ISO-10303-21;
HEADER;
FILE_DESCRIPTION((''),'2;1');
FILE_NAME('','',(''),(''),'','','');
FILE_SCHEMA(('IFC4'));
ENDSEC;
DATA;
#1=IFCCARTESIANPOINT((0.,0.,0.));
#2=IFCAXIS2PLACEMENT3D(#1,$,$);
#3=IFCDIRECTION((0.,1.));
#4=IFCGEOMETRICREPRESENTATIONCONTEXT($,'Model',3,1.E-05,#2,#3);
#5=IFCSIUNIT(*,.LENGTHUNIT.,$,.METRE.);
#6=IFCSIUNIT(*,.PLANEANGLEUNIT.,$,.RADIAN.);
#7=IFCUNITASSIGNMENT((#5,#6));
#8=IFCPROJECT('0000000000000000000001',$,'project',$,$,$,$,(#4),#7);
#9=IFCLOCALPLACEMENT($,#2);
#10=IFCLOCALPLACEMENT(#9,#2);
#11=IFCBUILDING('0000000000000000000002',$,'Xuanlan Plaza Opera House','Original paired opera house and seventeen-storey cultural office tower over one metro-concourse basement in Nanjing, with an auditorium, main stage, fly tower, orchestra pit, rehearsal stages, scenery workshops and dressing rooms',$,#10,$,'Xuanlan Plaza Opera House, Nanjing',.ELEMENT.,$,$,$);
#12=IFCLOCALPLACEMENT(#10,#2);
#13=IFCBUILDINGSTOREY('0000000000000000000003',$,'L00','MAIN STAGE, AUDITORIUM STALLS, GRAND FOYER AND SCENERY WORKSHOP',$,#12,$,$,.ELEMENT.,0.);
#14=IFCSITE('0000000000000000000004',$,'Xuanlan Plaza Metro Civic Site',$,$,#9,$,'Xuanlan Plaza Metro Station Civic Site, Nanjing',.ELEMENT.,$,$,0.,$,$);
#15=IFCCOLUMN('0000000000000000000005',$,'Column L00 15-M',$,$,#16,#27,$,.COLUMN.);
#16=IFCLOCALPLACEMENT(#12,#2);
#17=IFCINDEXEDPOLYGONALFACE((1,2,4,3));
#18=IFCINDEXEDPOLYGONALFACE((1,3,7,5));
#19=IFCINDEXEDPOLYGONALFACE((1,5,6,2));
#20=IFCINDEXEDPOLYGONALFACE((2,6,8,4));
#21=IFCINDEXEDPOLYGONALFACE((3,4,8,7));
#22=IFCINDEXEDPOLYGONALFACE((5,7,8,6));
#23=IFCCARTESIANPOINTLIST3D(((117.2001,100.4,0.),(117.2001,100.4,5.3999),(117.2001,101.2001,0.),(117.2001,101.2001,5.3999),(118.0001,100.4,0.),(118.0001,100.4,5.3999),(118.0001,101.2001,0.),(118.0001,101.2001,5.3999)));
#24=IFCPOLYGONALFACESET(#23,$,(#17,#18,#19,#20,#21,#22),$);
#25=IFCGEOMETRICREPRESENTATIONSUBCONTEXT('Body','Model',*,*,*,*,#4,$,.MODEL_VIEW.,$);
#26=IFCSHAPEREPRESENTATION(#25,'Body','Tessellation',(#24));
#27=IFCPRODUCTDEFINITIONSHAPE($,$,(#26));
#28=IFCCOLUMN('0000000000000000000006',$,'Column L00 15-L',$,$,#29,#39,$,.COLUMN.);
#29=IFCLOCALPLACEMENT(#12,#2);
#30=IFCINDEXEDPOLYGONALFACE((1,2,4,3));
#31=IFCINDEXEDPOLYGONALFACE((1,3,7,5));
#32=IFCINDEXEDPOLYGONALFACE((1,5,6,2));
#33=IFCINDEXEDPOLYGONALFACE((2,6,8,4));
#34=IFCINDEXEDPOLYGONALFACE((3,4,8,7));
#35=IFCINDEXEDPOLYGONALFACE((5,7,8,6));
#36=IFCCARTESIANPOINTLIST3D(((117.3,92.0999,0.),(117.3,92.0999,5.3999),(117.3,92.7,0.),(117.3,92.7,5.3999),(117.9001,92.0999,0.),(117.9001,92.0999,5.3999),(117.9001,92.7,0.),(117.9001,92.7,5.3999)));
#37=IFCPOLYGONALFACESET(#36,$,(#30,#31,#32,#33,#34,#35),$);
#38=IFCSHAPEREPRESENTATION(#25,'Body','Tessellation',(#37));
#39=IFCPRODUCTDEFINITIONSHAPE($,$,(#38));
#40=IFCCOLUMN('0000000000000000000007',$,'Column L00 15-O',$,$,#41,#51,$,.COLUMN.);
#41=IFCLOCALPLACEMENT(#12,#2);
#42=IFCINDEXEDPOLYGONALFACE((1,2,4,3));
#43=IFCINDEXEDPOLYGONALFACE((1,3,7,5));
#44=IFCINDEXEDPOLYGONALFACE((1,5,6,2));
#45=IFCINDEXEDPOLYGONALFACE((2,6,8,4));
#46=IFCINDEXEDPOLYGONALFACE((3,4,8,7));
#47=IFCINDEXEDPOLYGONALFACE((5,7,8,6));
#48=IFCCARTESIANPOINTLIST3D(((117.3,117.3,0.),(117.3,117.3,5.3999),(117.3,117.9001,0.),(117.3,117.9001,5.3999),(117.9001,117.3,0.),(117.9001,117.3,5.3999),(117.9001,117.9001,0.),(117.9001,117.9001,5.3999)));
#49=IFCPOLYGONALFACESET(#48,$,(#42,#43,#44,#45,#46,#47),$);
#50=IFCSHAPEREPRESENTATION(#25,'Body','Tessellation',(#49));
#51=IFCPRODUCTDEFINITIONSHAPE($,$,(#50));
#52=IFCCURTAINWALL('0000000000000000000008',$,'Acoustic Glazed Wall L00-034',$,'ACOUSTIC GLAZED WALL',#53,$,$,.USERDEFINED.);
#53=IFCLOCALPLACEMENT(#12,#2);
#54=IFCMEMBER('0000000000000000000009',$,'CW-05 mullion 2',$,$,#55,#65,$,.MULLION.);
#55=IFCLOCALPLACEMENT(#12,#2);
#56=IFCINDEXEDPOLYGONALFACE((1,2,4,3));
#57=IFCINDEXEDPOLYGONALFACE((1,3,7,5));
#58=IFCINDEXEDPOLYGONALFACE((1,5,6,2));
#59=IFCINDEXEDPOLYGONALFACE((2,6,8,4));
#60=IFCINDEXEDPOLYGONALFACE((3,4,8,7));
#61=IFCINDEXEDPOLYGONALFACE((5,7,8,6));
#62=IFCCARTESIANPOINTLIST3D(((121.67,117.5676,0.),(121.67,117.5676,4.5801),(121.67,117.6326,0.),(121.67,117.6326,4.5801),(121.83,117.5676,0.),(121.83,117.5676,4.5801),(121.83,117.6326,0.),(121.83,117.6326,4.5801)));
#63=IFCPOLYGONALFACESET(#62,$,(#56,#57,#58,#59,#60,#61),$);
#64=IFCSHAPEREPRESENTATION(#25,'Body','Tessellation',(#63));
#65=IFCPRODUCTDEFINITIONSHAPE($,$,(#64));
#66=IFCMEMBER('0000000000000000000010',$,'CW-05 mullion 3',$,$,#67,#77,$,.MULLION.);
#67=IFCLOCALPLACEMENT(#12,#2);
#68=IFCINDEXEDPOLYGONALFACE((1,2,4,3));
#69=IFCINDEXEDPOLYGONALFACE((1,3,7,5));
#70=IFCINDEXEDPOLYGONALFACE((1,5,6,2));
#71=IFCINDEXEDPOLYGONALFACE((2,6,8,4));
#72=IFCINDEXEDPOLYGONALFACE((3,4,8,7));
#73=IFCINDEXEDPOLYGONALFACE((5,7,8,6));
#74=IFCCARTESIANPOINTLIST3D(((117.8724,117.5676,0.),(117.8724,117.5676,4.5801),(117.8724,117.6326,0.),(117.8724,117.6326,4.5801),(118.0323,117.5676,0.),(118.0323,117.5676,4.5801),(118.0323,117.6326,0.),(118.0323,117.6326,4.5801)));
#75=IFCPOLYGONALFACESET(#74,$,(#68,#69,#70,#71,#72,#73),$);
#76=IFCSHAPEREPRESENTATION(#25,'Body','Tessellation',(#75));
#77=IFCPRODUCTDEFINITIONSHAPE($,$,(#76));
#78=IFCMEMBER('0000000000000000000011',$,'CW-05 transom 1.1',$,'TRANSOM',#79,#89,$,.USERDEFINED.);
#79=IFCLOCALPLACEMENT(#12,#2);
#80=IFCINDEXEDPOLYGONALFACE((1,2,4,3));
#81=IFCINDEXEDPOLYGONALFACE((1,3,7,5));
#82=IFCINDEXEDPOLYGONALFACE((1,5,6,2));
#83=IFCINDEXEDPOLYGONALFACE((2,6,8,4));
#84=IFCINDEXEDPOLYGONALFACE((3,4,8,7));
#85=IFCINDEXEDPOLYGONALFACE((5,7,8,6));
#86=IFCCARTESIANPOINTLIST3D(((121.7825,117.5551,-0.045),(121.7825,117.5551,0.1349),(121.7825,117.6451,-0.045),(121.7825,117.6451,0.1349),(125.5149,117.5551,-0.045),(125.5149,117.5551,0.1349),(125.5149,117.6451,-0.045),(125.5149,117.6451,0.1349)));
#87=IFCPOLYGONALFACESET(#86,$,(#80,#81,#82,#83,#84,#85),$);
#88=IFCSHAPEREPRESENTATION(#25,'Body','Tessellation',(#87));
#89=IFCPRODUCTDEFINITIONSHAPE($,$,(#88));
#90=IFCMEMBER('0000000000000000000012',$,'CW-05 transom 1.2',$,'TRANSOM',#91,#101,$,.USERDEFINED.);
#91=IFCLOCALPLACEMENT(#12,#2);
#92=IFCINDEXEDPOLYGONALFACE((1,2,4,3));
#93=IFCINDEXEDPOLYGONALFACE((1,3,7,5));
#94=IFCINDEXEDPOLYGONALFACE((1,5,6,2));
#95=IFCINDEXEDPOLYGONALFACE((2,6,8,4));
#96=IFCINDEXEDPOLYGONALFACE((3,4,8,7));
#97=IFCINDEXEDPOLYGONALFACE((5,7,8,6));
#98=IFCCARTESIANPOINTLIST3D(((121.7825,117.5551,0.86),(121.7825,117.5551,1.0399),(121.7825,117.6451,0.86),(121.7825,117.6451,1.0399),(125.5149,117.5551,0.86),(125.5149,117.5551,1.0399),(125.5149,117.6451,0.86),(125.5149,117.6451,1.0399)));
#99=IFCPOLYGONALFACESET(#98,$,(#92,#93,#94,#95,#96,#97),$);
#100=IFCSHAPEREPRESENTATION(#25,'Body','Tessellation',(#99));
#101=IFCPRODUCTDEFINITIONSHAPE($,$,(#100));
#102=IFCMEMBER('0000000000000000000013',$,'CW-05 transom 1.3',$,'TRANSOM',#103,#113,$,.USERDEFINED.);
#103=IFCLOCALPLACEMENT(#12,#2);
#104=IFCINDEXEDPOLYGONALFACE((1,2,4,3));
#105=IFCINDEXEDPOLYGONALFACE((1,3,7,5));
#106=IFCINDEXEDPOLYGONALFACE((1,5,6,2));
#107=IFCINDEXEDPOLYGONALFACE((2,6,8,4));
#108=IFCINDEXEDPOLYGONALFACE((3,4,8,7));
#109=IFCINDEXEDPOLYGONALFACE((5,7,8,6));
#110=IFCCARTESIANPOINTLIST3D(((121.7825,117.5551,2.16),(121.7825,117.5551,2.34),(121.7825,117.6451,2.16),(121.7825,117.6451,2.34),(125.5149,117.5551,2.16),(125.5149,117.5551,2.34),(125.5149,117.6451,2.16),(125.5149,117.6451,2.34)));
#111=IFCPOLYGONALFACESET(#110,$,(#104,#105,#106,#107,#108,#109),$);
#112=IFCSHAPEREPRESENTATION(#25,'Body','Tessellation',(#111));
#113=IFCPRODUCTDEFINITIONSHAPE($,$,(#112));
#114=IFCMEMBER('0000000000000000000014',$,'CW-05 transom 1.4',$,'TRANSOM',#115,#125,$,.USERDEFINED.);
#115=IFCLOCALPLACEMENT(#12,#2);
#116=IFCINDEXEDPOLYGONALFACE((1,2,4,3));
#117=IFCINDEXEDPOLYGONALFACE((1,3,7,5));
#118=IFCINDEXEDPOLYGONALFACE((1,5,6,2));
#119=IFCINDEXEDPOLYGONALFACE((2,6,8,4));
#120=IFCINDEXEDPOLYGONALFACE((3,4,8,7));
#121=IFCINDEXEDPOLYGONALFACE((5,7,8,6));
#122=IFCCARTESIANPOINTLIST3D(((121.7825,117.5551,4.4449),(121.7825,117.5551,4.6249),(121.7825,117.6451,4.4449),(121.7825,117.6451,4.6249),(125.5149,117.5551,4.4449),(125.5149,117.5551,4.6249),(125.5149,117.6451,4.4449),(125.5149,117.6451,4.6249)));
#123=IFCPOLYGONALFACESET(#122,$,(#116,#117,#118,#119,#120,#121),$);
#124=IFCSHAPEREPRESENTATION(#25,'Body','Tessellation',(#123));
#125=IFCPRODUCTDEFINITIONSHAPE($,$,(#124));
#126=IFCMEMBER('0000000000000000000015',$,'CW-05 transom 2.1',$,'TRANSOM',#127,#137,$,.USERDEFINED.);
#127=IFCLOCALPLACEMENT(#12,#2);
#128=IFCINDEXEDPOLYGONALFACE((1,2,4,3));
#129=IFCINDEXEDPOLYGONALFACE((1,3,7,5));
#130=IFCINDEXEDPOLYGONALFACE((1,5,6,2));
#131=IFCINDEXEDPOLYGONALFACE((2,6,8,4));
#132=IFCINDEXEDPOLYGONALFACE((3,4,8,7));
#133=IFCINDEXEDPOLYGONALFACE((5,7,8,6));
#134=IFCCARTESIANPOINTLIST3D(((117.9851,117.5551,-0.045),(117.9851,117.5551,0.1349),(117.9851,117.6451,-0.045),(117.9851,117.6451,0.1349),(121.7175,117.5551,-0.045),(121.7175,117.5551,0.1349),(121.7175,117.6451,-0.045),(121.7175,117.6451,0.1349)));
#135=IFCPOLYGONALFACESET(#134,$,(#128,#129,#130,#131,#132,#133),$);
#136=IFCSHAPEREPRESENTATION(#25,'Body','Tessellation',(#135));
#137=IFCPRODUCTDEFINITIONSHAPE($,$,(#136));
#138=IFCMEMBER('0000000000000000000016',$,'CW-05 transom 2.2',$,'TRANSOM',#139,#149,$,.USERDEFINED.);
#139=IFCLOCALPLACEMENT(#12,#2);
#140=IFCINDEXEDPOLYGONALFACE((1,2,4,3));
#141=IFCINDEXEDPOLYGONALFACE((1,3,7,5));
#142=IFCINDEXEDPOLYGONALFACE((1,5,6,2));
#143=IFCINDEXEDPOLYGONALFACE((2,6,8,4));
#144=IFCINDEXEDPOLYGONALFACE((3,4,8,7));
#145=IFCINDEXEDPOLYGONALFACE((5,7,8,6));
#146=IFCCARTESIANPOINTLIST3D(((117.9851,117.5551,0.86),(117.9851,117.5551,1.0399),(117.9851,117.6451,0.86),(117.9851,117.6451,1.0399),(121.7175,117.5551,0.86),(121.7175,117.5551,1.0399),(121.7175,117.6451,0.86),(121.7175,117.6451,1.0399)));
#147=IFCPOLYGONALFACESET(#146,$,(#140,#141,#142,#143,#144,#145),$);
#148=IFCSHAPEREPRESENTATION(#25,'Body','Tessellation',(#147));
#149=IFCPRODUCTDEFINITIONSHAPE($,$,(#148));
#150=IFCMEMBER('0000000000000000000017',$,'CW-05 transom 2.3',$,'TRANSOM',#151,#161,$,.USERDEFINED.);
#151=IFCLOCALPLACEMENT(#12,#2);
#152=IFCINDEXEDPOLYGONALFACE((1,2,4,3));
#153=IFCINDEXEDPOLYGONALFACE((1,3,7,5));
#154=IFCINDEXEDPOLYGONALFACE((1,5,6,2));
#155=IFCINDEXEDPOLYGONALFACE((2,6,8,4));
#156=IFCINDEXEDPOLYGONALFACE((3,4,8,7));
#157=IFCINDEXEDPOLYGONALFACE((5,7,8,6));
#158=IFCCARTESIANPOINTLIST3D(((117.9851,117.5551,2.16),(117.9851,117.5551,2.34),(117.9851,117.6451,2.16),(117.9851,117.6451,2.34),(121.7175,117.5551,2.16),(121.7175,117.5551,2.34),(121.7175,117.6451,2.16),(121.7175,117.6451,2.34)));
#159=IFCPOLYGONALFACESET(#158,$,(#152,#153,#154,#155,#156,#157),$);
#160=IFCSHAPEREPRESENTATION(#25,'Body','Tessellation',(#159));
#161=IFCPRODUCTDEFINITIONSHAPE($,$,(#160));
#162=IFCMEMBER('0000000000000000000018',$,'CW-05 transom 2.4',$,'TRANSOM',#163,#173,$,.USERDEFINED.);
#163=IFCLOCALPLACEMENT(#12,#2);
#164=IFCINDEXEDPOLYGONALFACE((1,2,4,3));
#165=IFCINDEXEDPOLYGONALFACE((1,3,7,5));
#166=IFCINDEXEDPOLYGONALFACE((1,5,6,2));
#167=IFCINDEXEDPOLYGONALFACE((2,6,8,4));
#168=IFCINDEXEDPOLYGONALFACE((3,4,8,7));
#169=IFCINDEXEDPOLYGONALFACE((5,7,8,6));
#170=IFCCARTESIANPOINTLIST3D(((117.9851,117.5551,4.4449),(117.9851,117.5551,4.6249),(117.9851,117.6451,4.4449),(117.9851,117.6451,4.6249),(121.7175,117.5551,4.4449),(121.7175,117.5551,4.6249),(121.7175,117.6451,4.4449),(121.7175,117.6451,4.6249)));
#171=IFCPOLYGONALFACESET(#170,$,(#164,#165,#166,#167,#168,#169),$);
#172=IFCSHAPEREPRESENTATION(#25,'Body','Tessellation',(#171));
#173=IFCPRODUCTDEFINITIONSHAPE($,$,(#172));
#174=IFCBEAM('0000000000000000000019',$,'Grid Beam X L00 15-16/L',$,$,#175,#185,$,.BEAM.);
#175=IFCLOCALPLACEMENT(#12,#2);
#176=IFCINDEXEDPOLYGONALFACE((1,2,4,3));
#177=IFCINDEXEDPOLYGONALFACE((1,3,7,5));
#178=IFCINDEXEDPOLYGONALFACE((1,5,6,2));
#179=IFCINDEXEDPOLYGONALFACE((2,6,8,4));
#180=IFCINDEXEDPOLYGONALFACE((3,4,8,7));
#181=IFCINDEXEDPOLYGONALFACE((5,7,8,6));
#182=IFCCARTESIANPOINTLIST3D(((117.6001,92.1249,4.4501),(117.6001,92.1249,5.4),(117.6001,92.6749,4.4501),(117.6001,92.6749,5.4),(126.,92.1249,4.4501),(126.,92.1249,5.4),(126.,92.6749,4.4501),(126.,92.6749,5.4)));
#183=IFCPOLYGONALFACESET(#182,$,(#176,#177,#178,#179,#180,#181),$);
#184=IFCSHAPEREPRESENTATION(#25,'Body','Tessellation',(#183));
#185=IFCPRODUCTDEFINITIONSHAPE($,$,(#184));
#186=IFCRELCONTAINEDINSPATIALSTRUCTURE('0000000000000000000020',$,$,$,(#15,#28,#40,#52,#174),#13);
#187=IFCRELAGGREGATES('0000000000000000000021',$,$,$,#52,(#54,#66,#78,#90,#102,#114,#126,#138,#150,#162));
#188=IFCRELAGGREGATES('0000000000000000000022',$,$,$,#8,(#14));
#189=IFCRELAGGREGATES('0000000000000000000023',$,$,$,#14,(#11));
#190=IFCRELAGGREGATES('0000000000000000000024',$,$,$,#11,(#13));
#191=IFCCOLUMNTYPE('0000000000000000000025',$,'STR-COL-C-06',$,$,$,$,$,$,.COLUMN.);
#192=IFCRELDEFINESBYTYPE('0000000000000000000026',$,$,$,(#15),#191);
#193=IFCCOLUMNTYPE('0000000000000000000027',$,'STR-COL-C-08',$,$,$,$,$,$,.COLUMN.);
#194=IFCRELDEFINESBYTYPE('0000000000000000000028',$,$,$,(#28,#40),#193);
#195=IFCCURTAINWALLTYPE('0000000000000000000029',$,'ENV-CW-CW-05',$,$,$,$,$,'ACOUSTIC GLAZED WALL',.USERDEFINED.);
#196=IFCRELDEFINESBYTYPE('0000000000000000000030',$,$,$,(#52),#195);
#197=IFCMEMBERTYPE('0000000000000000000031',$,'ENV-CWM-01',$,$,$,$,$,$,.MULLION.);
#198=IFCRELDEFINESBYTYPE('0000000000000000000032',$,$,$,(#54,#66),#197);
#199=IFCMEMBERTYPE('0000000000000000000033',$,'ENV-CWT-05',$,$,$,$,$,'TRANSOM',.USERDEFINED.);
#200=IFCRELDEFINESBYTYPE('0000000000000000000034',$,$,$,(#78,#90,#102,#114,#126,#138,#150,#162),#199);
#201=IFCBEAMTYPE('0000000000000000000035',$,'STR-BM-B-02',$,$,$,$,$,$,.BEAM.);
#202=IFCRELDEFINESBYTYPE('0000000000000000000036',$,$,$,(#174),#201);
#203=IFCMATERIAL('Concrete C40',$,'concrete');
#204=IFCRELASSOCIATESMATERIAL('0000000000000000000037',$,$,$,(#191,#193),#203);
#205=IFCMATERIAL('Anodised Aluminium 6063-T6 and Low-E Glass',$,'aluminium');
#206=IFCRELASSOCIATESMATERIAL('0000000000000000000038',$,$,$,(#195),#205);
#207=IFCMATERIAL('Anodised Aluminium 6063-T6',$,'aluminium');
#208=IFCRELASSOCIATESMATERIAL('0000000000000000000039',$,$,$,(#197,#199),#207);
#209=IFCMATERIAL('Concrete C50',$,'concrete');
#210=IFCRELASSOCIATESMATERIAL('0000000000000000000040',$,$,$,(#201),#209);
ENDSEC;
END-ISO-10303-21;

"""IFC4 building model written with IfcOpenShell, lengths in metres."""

from ifc_helpers import new_model, si_unit, direction, frame, origin, origin_2d, place, context, subcontext, project, spatial, rectangle, extrude, material, material_profile, profile_set, type_object, element, aggregate, save


model = new_model("IFC4")

# Units and contexts
model_context = context("Model", 3, precision=1e-05, world=origin(), true_north=direction((0.0, 1.0)))
body_context = subcontext(model_context, "Body", "Model", "MODEL_VIEW")
ifc_project = project(units=[si_unit("LENGTHUNIT", "METRE"), si_unit("PLANEANGLEUNIT", "RADIAN")], contexts=[model_context])

# Site, building, storey
site_placement = place(None, origin())
site = spatial("IfcSite", under=ifc_project, at=site_placement, Name="Xuanlan Plaza Metro Civic Site", LongName="Xuanlan Plaza Metro Station Civic Site, Nanjing", CompositionType="ELEMENT", RefElevation=0.0)
building_placement = place(site_placement, origin())
building = spatial("IfcBuilding", under=site, at=building_placement, Name="Xuanlan Plaza Opera House", Description="Original paired opera house and seventeen-storey cultural office tower over one metro-concourse basement in Nanjing, with an auditorium, main stage, fly tower, orchestra pit, rehearsal stages, scenery workshops and dressing rooms", LongName="Xuanlan Plaza Opera House, Nanjing", CompositionType="ELEMENT")
storey_placement = place(building_placement, origin())
storey = spatial("IfcBuildingStorey", under=building, at=storey_placement, Name="L00", Description="MAIN STAGE, AUDITORIUM STALLS, GRAND FOYER AND SCENERY WORKSHOP", CompositionType="ELEMENT", Elevation=0.0)

# Columns
ifc_material_1 = material(Name="Concrete C40", Category="concrete")
ifc_material_profile_1 = material_profile(ifc_material_1, rectangle(XDim=0.8, YDim=0.8, at=origin_2d()), Name="RC-COL 800x800")
ifc_profile_set_1 = profile_set([ifc_material_profile_1], Name="Concrete C40")
column_type_1 = type_object("IfcColumnType", Name="STR-COL-C-06", PredefinedType="COLUMN", material=ifc_profile_set_1)
column_placement = place(storey_placement, frame((117.6001, 100.8, 0.0), z_axis=(0.0, 0.0, 1.0), x_axis=(1.0, 0.0, 0.0)))
element("IfcColumn", 1, at=column_placement, inside=storey, type_object=column_type_1, Name="Column L00 15-M", PredefinedType="COLUMN", context=body_context, shape_type="SweptSolid", body=[
    extrude(rectangle(XDim=0.8, YDim=0.8, at=origin_2d()), origin(), (0.0, 0.0, 1.0), 5.3999),
])
ifc_material_profile_2 = material_profile(ifc_material_1, rectangle(XDim=0.6001, YDim=0.6001, at=origin_2d()), Name="RC-COL 600x600")
ifc_profile_set_2 = profile_set([ifc_material_profile_2], Name="Concrete C40")
column_type_2 = type_object("IfcColumnType", Name="STR-COL-C-08", PredefinedType="COLUMN", material=ifc_profile_set_2)
for number, where, z_axis, x_axis, name in (
    (2, (117.6001, 92.3999, 0.0), (0.0, 0.0, 1.0), (1.0, 0.0, 0.0), "Column L00 15-L"),
    (3, (117.6001, 117.6001, 0.0), (0.0, 0.0, 1.0), (1.0, 0.0, 0.0), "Column L00 15-O"),
):
    element("IfcColumn", number, at=place(storey_placement, frame(where, z_axis=z_axis, x_axis=x_axis)), inside=storey, type_object=column_type_2, Name=name, PredefinedType="COLUMN", context=body_context, shape_type="SweptSolid", body=[
        extrude(rectangle(XDim=0.6001, YDim=0.6001, at=origin_2d()), origin(), (0.0, 0.0, 1.0), 5.3999),
    ])

# Curtain wall, members
ifc_material_2 = material(Name="Anodised Aluminium 6063-T6 and Low-E Glass", Category="aluminium")
curtain_wall_type = type_object("IfcCurtainWallType", Name="ENV-CW-CW-05", ElementType="ACOUSTIC GLAZED WALL", PredefinedType="USERDEFINED", material=ifc_material_2)
curtain_wall_placement = place(storey_placement, origin())
curtain_wall = element("IfcCurtainWall", 4, at=curtain_wall_placement, inside=storey, type_object=curtain_wall_type, Name="Acoustic Glazed Wall L00-034", ObjectType="ACOUSTIC GLAZED WALL", PredefinedType="USERDEFINED")
ifc_material_3 = material(Name="Anodised Aluminium 6063-T6", Category="aluminium")
ifc_material_profile_3 = material_profile(ifc_material_3, rectangle(XDim=0.0649, YDim=0.1599, at=origin_2d()), Name="ALU-M 65x160")
ifc_profile_set_3 = profile_set([ifc_material_profile_3], Name="Anodised Aluminium 6063-T6")
member_type_1 = type_object("IfcMemberType", Name="ENV-CWM-01", PredefinedType="MULLION", material=ifc_profile_set_3)
member_1_placement = place(storey_placement, frame((121.75, 117.6001, 0.0), z_axis=(0.0, 0.0, 1.0), x_axis=(0.0, -1.0, 0.0)))
member_1 = element("IfcMember", 5, at=member_1_placement, type_object=member_type_1, Name="CW-05 mullion 2", PredefinedType="MULLION", context=body_context, shape_type="SweptSolid", body=[
    extrude(rectangle(XDim=0.0649, YDim=0.1599, at=origin_2d()), origin(), (0.0, 0.0, 1.0), 4.5801),
])
member_2_placement = place(storey_placement, frame((117.9524, 117.6001, 0.0), z_axis=(0.0, 0.0, 1.0), x_axis=(0.0, -1.0, 0.0)))
member_2 = element("IfcMember", 6, at=member_2_placement, type_object=member_type_1, Name="CW-05 mullion 3", PredefinedType="MULLION", context=body_context, shape_type="SweptSolid", body=[
    extrude(rectangle(XDim=0.0649, YDim=0.1599, at=origin_2d()), origin(), (0.0, 0.0, 1.0), 4.5801),
])
ifc_material_profile_4 = material_profile(ifc_material_3, rectangle(XDim=0.0901, YDim=0.1799, at=origin_2d()), Name="ALU-T 90x180")
ifc_profile_set_4 = profile_set([ifc_material_profile_4], Name="Anodised Aluminium 6063-T6")
member_type_2 = type_object("IfcMemberType", Name="ENV-CWT-05", ElementType="TRANSOM", PredefinedType="USERDEFINED", material=ifc_profile_set_4)
member_3_placement = place(storey_placement, frame((125.5149, 117.6001, 0.0449), z_axis=(-1.0, 0.0, 0.0), x_axis=(0.0, -1.0, 0.0)))
member_3 = element("IfcMember", 7, at=member_3_placement, type_object=member_type_2, Name="CW-05 transom 1.1", ObjectType="TRANSOM", PredefinedType="USERDEFINED", context=body_context, shape_type="SweptSolid", body=[
    extrude(rectangle(XDim=0.0901, YDim=0.1799, at=origin_2d()), origin(), (0.0, 0.0, 1.0), 3.7324),
])
member_4_placement = place(storey_placement, frame((125.5149, 117.6001, 0.95), z_axis=(-1.0, 0.0, 0.0), x_axis=(0.0, -1.0, 0.0)))
member_4 = element("IfcMember", 8, at=member_4_placement, type_object=member_type_2, Name="CW-05 transom 1.2", ObjectType="TRANSOM", PredefinedType="USERDEFINED", context=body_context, shape_type="SweptSolid", body=[
    extrude(rectangle(XDim=0.0901, YDim=0.1799, at=origin_2d()), origin(), (0.0, 0.0, 1.0), 3.7324),
])
member_5_placement = place(storey_placement, frame((125.5149, 117.6001, 2.25), z_axis=(-1.0, 0.0, 0.0), x_axis=(0.0, -1.0, 0.0)))
member_5 = element("IfcMember", 9, at=member_5_placement, type_object=member_type_2, Name="CW-05 transom 1.3", ObjectType="TRANSOM", PredefinedType="USERDEFINED", context=body_context, shape_type="SweptSolid", body=[
    extrude(rectangle(XDim=0.0901, YDim=0.1799, at=origin_2d()), origin(), (0.0, 0.0, 1.0), 3.7324),
])
member_6_placement = place(storey_placement, frame((125.5149, 117.6001, 4.5349), z_axis=(-1.0, 0.0, 0.0), x_axis=(0.0, -1.0, 0.0)))
member_6 = element("IfcMember", 10, at=member_6_placement, type_object=member_type_2, Name="CW-05 transom 1.4", ObjectType="TRANSOM", PredefinedType="USERDEFINED", context=body_context, shape_type="SweptSolid", body=[
    extrude(rectangle(XDim=0.0901, YDim=0.1799, at=origin_2d()), origin(), (0.0, 0.0, 1.0), 3.7324),
])
member_7_placement = place(storey_placement, frame((121.7175, 117.6001, 0.0449), z_axis=(-1.0, 0.0, 0.0), x_axis=(0.0, -1.0, 0.0)))
member_7 = element("IfcMember", 11, at=member_7_placement, type_object=member_type_2, Name="CW-05 transom 2.1", ObjectType="TRANSOM", PredefinedType="USERDEFINED", context=body_context, shape_type="SweptSolid", body=[
    extrude(rectangle(XDim=0.0901, YDim=0.1799, at=origin_2d()), origin(), (0.0, 0.0, 1.0), 3.7324),
])
member_8_placement = place(storey_placement, frame((121.7175, 117.6001, 0.95), z_axis=(-1.0, 0.0, 0.0), x_axis=(0.0, -1.0, 0.0)))
member_8 = element("IfcMember", 12, at=member_8_placement, type_object=member_type_2, Name="CW-05 transom 2.2", ObjectType="TRANSOM", PredefinedType="USERDEFINED", context=body_context, shape_type="SweptSolid", body=[
    extrude(rectangle(XDim=0.0901, YDim=0.1799, at=origin_2d()), origin(), (0.0, 0.0, 1.0), 3.7324),
])
member_9_placement = place(storey_placement, frame((121.7175, 117.6001, 2.25), z_axis=(-1.0, 0.0, 0.0), x_axis=(0.0, -1.0, 0.0)))
member_9 = element("IfcMember", 13, at=member_9_placement, type_object=member_type_2, Name="CW-05 transom 2.3", ObjectType="TRANSOM", PredefinedType="USERDEFINED", context=body_context, shape_type="SweptSolid", body=[
    extrude(rectangle(XDim=0.0901, YDim=0.1799, at=origin_2d()), origin(), (0.0, 0.0, 1.0), 3.7324),
])
member_10_placement = place(storey_placement, frame((121.7175, 117.6001, 4.5349), z_axis=(-1.0, 0.0, 0.0), x_axis=(0.0, -1.0, 0.0)))
member_10 = element("IfcMember", 14, at=member_10_placement, type_object=member_type_2, Name="CW-05 transom 2.4", ObjectType="TRANSOM", PredefinedType="USERDEFINED", context=body_context, shape_type="SweptSolid", body=[
    extrude(rectangle(XDim=0.0901, YDim=0.1799, at=origin_2d()), origin(), (0.0, 0.0, 1.0), 3.7324),
])

# Beam
ifc_material_4 = material(Name="Concrete C50", Category="concrete")
ifc_material_profile_5 = material_profile(ifc_material_4, rectangle(XDim=0.55, YDim=0.95, at=origin_2d()), Name="RC-BM 550x950")
ifc_profile_set_5 = profile_set([ifc_material_profile_5], Name="Concrete C50")
beam_type_1 = type_object("IfcBeamType", Name="STR-BM-B-02", PredefinedType="BEAM", material=ifc_profile_set_5)
beam_1_placement = place(storey_placement, frame((117.6001, 92.3999, 4.925), z_axis=(1.0, 0.0, 0.0), x_axis=(0.0, 1.0, 0.0)))
element("IfcBeam", 15, at=beam_1_placement, inside=storey, type_object=beam_type_1, Name="Grid Beam X L00 15-16/L", PredefinedType="BEAM", context=body_context, shape_type="SweptSolid", body=[
    extrude(rectangle(XDim=0.55, YDim=0.95, at=origin_2d()), origin(), (0.0, 0.0, 1.0), 8.3999),
])

aggregate(curtain_wall, [member_1, member_2, member_3, member_4, member_5, member_6, member_7, member_8, member_9, member_10])

save(model, "model.ifc")
